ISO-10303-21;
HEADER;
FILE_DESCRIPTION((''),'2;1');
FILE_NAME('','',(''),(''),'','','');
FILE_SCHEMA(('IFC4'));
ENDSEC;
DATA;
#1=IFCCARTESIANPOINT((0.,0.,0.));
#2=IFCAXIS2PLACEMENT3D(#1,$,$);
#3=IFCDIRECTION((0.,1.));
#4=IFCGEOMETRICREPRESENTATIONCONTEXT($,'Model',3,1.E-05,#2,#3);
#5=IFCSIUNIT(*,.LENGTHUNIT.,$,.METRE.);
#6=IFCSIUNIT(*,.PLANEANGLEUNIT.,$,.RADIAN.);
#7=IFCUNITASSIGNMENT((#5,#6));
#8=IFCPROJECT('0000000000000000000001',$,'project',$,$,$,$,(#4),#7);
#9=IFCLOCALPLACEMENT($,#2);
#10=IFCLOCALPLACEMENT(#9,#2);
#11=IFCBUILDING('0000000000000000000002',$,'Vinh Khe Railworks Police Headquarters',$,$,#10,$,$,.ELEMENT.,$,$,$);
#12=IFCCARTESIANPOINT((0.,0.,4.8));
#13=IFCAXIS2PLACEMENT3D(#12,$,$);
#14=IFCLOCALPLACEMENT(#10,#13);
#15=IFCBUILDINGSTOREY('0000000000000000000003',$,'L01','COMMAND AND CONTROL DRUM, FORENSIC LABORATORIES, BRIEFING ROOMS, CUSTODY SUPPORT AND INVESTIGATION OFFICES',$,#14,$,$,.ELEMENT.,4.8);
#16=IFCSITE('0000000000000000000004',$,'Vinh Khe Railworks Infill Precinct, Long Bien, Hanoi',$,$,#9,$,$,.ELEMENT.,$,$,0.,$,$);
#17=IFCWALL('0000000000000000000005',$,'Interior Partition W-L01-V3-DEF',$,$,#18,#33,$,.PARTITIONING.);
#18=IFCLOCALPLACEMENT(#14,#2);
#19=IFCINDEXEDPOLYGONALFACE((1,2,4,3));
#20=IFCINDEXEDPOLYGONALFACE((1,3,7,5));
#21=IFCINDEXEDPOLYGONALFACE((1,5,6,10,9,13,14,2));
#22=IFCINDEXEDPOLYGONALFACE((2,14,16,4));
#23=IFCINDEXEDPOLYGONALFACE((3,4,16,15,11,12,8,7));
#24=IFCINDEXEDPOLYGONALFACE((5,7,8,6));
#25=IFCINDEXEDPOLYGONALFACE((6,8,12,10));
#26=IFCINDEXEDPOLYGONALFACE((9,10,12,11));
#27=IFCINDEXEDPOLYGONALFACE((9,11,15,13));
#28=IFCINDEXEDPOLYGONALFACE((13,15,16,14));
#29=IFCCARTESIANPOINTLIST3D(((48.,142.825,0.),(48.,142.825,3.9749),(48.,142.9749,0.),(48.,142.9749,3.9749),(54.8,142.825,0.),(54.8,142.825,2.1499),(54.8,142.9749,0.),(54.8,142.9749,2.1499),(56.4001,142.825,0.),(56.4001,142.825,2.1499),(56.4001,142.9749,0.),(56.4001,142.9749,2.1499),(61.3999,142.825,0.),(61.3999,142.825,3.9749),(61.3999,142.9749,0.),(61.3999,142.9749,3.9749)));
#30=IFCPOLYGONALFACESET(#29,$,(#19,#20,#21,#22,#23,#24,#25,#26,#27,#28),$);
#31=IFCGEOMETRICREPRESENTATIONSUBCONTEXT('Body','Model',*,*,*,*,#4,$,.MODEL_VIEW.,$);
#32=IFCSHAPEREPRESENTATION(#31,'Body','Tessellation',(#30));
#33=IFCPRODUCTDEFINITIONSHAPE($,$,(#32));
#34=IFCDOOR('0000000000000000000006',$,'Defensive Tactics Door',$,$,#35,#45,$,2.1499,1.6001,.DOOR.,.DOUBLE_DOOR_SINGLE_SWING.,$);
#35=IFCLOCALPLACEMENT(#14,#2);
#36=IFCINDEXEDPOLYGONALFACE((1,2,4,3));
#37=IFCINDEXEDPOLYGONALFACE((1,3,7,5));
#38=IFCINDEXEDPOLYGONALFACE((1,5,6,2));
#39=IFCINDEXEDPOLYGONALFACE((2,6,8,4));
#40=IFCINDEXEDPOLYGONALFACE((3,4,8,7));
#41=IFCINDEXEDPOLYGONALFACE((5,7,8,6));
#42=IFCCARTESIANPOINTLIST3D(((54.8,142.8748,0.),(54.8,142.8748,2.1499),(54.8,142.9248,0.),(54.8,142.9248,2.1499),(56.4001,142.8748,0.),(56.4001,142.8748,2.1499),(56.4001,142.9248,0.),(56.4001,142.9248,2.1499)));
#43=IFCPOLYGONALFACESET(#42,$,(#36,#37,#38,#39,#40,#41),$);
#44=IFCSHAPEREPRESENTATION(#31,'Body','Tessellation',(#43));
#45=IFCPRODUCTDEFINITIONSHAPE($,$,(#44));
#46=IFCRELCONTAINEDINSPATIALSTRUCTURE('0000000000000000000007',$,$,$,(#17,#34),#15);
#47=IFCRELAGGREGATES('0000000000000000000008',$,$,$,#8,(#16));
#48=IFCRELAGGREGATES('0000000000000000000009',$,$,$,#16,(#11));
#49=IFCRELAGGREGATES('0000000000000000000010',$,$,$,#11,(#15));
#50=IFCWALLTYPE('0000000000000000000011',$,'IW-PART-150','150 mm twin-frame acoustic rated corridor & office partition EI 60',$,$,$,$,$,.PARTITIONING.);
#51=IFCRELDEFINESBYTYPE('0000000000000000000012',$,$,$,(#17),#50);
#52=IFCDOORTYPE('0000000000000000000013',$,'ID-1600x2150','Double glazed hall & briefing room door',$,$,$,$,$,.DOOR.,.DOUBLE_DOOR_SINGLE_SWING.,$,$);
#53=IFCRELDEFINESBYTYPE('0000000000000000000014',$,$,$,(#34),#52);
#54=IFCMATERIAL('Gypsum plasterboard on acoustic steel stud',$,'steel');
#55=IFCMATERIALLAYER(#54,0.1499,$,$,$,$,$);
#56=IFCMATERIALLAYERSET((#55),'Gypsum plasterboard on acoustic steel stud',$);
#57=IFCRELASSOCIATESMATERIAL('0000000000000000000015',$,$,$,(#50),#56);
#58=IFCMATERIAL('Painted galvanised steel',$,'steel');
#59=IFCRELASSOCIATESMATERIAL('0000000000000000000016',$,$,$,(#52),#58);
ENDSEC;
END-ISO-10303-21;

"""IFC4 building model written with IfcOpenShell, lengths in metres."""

from ifc_helpers import new_model, si_unit, direction, frame, frame_2d, origin, place, context, subcontext, project, spatial, rectangle, extrude, material, layer, layer_set, type_object, element, fill, save


model = new_model("IFC4")

# Units and contexts
model_context = context("Model", 3, precision=1e-05, world=origin(), true_north=direction((0.0, 1.0)))
body_context = subcontext(model_context, "Body", "Model", "MODEL_VIEW")
ifc_project = project(units=[si_unit("LENGTHUNIT", "METRE"), si_unit("PLANEANGLEUNIT", "RADIAN")], contexts=[model_context])

# Site, building, storey
site_placement = place(None, origin())
site = spatial("IfcSite", under=ifc_project, at=site_placement, Name="Vinh Khe Railworks Infill Precinct, Long Bien, Hanoi", CompositionType="ELEMENT", RefElevation=0.0)
building_placement = place(site_placement, origin())
building = spatial("IfcBuilding", under=site, at=building_placement, Name="Vinh Khe Railworks Police Headquarters", CompositionType="ELEMENT")
storey_placement = place(building_placement, frame((0.0, 0.0, 4.8)))
storey = spatial("IfcBuildingStorey", under=building, at=storey_placement, Name="L01", Description="COMMAND AND CONTROL DRUM, FORENSIC LABORATORIES, BRIEFING ROOMS, CUSTODY SUPPORT AND INVESTIGATION OFFICES", CompositionType="ELEMENT", Elevation=4.8)

# Shared definitions
ifc_material_1 = material(Name="Painted galvanised steel", Category="steel")

# Wall, opening, door
ifc_material_2 = material(Name="Gypsum plasterboard on acoustic steel stud", Category="steel")
ifc_layer_1 = layer(ifc_material_2, 0.1499)
ifc_layer_set_1 = layer_set([ifc_layer_1], Name="Gypsum plasterboard on acoustic steel stud")
wall_type_1 = type_object("IfcWallType", Name="IW-PART-150", Description="150 mm twin-frame acoustic rated corridor & office partition EI 60", PredefinedType="PARTITIONING", material=ifc_layer_set_1)
wall_1_placement = place(storey_placement, frame((48.0, 142.8999, 0.0), z_axis=(0.0, 0.0, 1.0), x_axis=(1.0, 0.0, 0.0)))
wall_1 = element("IfcWall", 1, at=wall_1_placement, inside=storey, type_object=wall_type_1, Name="Interior Partition W-L01-V3-DEF", PredefinedType="PARTITIONING", context=body_context, shape_type="SweptSolid", body=[
    extrude(rectangle(XDim=13.3999, YDim=0.1499, at=frame_2d((6.7, 0.0))), origin(), (0.0, 0.0, 1.0), 3.9749),
])
opening_1_placement = place(wall_1_placement, frame((6.8, 0.0, 0.0)))
opening_1 = element("IfcOpeningElement", 2, at=opening_1_placement, cuts=wall_1, PredefinedType="OPENING", context=body_context, shape_type="SweptSolid", body=[
    extrude(rectangle(XDim=1.6001, YDim=2.1499, at=frame_2d((0.8, 1.075))), frame((0.0, 0.0898, 0.0), z_axis=(0.0, -1.0, 0.0), x_axis=(1.0, 0.0, 0.0)), (0.0, 0.0, 1.0), 0.1797),
])
door_type_1 = type_object("IfcDoorType", Name="ID-1600x2150", Description="Double glazed hall & briefing room door", OperationType="DOUBLE_DOOR_SINGLE_SWING", PredefinedType="DOOR", material=ifc_material_1)
door_1_placement = place(opening_1_placement, origin())
door_1 = element("IfcDoor", 3, at=door_1_placement, inside=storey, type_object=door_type_1, Name="Defensive Tactics Door", OperationType="DOUBLE_DOOR_SINGLE_SWING", OverallHeight=2.1499, OverallWidth=1.6001, PredefinedType="DOOR", context=body_context, shape_type="SweptSolid", body=[
    extrude(rectangle(XDim=1.6001, YDim=2.1499, at=frame_2d((0.8, 1.075))), frame((0.0, 0.0249, 0.0), z_axis=(0.0, -1.0, 0.0), x_axis=(1.0, 0.0, 0.0)), (0.0, 0.0, 1.0), 0.05),
])
fill(opening_1, door_1)

save(model, "model.ifc")
